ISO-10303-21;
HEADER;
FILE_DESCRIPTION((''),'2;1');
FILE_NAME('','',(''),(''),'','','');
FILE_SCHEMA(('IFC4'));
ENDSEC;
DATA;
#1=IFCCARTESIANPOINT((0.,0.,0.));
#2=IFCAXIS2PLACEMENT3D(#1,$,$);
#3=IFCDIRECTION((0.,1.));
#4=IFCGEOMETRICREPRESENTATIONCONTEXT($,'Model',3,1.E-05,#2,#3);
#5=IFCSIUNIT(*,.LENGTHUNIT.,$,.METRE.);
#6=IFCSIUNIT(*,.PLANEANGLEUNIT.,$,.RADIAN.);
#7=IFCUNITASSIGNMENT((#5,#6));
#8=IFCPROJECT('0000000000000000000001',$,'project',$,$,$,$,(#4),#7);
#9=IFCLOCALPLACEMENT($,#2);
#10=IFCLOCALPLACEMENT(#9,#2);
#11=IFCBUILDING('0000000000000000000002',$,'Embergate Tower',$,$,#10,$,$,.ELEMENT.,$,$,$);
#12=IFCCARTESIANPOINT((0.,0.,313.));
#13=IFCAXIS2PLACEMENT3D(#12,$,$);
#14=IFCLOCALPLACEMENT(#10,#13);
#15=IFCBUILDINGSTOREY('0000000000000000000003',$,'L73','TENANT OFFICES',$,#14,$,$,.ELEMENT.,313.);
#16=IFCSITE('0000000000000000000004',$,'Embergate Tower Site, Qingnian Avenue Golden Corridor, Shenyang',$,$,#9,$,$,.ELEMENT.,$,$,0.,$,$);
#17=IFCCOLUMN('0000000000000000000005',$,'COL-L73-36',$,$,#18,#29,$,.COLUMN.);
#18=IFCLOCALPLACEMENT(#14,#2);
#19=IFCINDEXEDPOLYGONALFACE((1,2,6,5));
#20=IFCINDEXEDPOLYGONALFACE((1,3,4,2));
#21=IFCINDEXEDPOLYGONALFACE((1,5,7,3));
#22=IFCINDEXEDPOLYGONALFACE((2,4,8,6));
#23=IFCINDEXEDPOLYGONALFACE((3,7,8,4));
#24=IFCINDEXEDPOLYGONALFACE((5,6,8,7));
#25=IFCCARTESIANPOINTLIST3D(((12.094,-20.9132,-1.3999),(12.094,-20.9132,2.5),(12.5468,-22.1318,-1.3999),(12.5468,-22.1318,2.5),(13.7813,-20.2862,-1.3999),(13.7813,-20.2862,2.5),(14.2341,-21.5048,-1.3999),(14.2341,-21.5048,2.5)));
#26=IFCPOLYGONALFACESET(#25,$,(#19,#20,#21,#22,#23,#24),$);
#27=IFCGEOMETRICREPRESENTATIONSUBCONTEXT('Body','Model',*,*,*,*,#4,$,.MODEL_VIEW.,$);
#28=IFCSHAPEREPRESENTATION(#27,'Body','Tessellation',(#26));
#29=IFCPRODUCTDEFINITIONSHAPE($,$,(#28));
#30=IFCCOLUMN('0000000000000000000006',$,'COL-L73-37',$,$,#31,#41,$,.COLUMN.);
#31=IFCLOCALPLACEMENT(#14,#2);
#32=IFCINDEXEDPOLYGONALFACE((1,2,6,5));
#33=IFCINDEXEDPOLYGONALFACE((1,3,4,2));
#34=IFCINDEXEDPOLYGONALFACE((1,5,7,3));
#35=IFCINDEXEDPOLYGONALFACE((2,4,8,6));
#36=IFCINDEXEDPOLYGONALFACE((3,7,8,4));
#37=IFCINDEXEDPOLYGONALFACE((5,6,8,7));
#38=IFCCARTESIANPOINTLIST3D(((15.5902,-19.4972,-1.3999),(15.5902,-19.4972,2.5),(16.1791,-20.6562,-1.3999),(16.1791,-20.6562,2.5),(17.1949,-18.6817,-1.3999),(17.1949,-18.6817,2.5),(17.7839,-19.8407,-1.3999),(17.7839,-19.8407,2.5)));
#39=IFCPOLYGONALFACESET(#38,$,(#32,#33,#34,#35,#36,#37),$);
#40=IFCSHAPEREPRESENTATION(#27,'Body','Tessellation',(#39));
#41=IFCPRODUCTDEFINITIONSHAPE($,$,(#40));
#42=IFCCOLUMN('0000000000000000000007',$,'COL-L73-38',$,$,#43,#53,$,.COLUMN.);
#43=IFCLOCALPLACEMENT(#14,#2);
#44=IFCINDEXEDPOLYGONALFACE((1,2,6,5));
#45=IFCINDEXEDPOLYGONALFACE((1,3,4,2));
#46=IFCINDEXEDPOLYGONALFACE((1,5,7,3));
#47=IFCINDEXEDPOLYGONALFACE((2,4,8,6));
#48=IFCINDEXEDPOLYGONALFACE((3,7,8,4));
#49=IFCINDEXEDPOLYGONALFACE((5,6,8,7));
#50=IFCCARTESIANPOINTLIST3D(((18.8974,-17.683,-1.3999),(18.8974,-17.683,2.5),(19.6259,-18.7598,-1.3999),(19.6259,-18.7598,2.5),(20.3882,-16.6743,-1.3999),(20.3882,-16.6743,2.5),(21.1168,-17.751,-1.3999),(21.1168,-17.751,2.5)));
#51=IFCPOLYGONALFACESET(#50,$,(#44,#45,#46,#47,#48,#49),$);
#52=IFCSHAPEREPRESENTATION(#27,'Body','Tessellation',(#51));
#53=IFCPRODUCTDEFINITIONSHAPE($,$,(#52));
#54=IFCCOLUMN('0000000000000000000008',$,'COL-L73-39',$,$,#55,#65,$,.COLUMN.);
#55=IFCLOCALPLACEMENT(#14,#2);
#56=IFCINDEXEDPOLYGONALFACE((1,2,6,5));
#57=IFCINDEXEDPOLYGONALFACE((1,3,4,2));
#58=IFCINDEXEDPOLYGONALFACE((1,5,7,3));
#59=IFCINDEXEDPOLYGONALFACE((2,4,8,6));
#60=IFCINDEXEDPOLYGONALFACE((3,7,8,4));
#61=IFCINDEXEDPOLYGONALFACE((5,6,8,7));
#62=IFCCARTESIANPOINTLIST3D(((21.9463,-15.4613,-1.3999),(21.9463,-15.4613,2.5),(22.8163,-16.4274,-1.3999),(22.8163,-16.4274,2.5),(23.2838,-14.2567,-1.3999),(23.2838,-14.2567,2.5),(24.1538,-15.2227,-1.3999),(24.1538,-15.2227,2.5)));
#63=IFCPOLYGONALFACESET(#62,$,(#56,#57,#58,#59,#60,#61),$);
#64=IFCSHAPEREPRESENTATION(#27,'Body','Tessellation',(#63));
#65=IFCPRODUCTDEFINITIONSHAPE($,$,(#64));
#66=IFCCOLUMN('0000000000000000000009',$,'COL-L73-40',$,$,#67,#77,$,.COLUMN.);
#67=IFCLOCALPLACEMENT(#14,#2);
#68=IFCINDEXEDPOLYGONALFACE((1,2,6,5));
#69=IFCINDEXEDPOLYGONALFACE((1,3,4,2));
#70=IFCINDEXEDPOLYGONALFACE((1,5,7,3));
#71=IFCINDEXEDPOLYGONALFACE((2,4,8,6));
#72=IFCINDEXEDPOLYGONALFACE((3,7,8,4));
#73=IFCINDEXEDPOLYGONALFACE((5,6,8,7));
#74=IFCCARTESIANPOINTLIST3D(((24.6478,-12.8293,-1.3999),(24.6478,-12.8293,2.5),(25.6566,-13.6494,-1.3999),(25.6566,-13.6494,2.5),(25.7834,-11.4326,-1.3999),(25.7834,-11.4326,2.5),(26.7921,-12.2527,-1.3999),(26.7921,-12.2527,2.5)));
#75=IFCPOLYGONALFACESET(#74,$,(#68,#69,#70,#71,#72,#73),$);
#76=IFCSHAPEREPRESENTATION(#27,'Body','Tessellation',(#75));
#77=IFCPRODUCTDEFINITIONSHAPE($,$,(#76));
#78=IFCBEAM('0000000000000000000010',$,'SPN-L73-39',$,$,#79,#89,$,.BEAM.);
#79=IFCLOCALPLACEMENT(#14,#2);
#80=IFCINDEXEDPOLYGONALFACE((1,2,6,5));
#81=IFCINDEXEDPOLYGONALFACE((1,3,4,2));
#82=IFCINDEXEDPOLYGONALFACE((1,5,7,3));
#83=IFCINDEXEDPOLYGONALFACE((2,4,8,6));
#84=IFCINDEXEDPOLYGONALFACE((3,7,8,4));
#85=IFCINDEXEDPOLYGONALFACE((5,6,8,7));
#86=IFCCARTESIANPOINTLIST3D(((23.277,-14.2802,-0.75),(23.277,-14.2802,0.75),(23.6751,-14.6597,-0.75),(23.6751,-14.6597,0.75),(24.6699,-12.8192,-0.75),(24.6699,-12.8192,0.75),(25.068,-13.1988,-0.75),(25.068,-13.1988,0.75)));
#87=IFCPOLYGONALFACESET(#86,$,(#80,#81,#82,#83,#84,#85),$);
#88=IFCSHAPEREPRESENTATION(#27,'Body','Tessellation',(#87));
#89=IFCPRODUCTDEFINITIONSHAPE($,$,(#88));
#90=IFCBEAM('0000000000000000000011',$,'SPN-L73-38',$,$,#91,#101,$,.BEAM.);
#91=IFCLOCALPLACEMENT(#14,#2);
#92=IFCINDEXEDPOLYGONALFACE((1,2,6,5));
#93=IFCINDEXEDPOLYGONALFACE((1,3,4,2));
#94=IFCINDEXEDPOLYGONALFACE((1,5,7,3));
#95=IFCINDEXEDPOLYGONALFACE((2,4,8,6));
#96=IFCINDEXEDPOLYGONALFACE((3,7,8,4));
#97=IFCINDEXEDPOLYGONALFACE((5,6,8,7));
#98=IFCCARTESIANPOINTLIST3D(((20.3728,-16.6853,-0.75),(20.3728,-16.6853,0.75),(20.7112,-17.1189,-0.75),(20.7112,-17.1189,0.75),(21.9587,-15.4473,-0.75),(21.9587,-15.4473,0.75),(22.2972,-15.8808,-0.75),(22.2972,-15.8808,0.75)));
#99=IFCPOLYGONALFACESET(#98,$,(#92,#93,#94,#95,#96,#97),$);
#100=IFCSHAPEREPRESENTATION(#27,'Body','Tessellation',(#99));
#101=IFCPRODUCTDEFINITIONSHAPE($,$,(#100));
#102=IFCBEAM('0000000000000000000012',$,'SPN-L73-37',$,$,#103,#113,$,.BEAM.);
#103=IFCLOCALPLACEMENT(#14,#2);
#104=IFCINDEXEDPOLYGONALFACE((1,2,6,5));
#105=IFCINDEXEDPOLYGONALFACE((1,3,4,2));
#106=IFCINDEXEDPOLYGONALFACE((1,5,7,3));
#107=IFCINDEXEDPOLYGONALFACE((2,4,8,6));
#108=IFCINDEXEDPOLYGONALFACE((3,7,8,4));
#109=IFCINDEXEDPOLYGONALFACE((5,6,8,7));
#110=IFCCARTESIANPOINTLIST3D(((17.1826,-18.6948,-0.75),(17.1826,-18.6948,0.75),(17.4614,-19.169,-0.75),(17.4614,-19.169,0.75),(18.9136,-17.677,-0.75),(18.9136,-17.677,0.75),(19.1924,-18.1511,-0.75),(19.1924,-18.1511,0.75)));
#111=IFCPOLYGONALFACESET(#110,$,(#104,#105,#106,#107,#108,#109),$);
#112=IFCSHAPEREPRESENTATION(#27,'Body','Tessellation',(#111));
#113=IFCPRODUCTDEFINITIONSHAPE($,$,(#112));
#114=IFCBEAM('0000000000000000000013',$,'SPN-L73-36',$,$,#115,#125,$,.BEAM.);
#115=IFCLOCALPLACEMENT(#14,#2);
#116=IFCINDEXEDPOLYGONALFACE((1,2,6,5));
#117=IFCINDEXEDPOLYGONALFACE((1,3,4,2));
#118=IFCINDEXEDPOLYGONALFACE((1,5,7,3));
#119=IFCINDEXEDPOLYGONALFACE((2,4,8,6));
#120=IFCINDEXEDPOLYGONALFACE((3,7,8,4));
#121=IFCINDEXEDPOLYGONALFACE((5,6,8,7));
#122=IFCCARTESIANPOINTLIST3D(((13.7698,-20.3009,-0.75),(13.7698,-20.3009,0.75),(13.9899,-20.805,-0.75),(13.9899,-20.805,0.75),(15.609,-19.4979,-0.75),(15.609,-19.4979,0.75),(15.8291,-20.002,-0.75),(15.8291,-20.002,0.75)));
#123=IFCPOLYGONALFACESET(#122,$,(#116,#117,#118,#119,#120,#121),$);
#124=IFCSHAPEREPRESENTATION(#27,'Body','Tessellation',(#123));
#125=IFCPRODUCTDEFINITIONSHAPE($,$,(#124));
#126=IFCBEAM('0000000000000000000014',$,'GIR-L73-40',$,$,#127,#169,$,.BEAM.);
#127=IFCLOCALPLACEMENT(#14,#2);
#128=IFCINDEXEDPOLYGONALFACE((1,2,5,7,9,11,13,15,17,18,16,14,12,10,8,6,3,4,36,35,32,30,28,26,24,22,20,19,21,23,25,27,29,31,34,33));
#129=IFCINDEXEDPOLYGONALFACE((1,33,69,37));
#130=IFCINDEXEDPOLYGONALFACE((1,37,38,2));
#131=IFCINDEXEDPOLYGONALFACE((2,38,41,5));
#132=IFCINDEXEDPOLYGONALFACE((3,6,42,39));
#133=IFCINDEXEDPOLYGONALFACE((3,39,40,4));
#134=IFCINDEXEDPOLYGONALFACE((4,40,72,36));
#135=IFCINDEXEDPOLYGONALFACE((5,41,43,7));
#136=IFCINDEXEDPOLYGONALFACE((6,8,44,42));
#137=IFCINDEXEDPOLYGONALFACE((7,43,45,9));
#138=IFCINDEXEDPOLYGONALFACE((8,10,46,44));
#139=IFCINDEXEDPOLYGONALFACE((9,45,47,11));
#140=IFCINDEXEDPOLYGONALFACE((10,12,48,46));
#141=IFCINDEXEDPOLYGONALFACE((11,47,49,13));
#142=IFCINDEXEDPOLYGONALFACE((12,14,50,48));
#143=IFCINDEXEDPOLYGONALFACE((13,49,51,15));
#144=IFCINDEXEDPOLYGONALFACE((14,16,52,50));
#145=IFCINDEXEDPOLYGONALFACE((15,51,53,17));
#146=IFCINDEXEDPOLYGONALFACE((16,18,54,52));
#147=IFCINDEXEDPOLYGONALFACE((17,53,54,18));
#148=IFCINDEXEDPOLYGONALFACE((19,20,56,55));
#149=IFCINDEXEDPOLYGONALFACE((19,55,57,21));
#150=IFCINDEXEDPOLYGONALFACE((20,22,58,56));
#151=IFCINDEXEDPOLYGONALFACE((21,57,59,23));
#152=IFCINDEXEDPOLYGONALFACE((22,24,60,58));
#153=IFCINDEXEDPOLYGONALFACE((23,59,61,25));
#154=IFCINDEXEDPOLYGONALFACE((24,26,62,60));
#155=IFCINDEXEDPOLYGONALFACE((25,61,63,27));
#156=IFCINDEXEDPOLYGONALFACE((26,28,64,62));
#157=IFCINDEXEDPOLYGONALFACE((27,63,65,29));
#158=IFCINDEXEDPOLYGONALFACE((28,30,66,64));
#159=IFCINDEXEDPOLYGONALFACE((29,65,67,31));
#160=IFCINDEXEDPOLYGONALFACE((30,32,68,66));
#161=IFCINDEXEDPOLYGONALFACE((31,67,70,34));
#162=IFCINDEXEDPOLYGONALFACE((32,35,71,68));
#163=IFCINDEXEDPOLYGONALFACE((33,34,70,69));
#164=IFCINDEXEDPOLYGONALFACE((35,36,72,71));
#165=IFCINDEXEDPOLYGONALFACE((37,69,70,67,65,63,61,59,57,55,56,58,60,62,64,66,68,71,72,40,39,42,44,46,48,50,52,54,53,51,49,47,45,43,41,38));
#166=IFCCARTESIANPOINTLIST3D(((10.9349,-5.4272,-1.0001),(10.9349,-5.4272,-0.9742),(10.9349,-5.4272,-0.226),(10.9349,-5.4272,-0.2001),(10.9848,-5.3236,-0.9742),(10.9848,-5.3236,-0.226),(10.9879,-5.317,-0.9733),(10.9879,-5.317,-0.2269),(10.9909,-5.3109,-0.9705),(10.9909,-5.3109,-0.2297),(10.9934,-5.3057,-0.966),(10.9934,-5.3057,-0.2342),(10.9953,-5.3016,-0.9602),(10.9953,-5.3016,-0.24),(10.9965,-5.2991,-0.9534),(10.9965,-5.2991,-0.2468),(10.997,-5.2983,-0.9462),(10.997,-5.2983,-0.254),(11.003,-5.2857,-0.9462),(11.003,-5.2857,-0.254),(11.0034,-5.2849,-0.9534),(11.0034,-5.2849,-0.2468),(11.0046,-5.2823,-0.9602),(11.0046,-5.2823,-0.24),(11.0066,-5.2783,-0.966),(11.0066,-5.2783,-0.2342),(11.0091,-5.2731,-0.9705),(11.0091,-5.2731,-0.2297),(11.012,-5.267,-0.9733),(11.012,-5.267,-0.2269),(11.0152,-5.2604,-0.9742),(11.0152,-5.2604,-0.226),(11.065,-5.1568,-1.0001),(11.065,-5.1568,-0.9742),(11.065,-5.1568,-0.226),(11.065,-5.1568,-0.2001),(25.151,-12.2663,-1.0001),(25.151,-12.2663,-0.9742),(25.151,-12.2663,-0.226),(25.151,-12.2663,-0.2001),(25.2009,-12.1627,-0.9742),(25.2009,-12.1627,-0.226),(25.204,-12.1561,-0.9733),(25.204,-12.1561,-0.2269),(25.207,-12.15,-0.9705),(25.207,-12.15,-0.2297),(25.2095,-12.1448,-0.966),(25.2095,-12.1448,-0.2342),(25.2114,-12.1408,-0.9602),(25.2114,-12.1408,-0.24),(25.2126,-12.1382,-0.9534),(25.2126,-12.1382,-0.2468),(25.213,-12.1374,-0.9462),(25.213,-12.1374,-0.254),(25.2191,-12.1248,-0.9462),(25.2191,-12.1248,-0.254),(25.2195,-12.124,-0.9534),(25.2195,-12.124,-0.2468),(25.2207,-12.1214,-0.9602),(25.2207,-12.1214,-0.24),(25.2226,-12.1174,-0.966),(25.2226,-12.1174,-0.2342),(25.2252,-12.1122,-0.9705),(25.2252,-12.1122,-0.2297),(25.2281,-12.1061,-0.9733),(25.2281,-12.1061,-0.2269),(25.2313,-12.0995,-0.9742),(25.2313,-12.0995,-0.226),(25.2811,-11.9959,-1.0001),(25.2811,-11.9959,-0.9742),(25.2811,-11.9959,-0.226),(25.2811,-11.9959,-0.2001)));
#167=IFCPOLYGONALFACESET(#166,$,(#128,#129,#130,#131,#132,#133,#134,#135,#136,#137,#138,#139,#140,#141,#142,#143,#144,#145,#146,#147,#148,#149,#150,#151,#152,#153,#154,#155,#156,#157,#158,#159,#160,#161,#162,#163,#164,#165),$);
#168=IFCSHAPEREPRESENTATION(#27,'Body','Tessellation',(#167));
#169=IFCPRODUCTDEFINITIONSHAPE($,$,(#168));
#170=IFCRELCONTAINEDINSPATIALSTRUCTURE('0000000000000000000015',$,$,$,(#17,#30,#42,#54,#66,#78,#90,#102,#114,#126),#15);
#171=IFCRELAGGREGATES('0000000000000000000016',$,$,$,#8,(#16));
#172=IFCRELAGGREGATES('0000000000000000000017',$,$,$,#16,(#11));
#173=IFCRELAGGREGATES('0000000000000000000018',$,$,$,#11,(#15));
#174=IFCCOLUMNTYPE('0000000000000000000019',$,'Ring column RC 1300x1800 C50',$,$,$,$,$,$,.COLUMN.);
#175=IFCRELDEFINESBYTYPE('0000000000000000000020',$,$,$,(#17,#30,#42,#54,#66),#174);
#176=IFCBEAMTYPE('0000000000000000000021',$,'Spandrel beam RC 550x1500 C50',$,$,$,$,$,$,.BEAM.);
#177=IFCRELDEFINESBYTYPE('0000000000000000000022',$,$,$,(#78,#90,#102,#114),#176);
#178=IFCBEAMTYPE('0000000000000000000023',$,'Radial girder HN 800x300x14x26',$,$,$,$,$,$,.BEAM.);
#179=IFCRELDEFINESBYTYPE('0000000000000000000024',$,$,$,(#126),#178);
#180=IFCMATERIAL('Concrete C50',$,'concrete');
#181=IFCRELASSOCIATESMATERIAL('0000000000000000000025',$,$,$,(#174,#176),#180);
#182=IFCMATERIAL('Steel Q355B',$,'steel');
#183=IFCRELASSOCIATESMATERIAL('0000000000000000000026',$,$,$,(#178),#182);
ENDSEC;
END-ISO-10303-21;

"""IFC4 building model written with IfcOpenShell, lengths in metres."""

from ifc_helpers import new_model, si_unit, direction, frame, origin, origin_2d, place, context, subcontext, project, spatial, rectangle, i_section, extrude, source, transform, mapped, material, material_profile, profile_set, type_object, element, save


model = new_model("IFC4")

# Units and contexts
model_context = context("Model", 3, precision=1e-05, world=origin(), true_north=direction((0.0, 1.0)))
body_context = subcontext(model_context, "Body", "Model", "MODEL_VIEW")
ifc_project = project(units=[si_unit("LENGTHUNIT", "METRE"), si_unit("PLANEANGLEUNIT", "RADIAN")], contexts=[model_context])

# Site, building, storey
site_placement = place(None, origin())
site = spatial("IfcSite", under=ifc_project, at=site_placement, Name="Embergate Tower Site, Qingnian Avenue Golden Corridor, Shenyang", CompositionType="ELEMENT", RefElevation=0.0)
building_placement = place(site_placement, origin())
building = spatial("IfcBuilding", under=site, at=building_placement, Name="Embergate Tower", CompositionType="ELEMENT")
storey_placement = place(building_placement, frame((0.0, 0.0, 313.0)))
storey = spatial("IfcBuildingStorey", under=building, at=storey_placement, Name="L73", Description="TENANT OFFICES", CompositionType="ELEMENT", Elevation=313.0)

# Columns
ifc_material_1 = material(Name="Concrete C50", Category="concrete")
ifc_material_profile_1 = material_profile(ifc_material_1, rectangle(XDim=1.3, YDim=1.8, at=origin_2d()), Name="RC 1300x1800")
ifc_profile_set_1 = profile_set([ifc_material_profile_1], Name="Concrete C50")
column_type = type_object("IfcColumnType", Name="Ring column RC 1300x1800 C50", PredefinedType="COLUMN", material=ifc_profile_set_1)
shared_shape_1 = source(origin(), body_context, "Body", "SweptSolid", [
    extrude(rectangle(XDim=1.3, YDim=1.8, at=origin_2d()), origin(), (0.0, 0.0, 1.0), 3.8999),
])
for number, where, z_axis, x_axis, name in (
    (1, (13.1641, -21.209, -1.3999), (0.0, 0.0, 1.0), (0.348343, -0.937367, 0.0), "COL-L73-36"),
    (2, (16.687, -19.6689, -1.3999), (0.0, 0.0, 1.0), (0.453011, -0.891505, 0.0), "COL-L73-37"),
    (3, (20.0071, -17.717, -1.3999), (0.0, 0.0, 1.0), (0.560393, -0.828227, 0.0), "COL-L73-38"),
    (4, (23.05, -15.342, -1.3999), (0.0, 0.0, 1.0), (0.669221, -0.743063, 0.0), "COL-L73-39"),
    (5, (25.72, -12.541, -1.3999), (0.0, 0.0, 1.0), (0.775925, -0.630825, 0.0), "COL-L73-40"),
):
    element("IfcColumn", number, at=place(storey_placement, frame(where, z_axis=z_axis, x_axis=x_axis)), inside=storey, type_object=column_type, Name=name, PredefinedType="COLUMN", context=body_context, shape_type="MappedRepresentation", body=[
        mapped(shared_shape_1, transform((0.0, 0.0, 0.0))),
    ])

# Beams
ifc_material_profile_2 = material_profile(ifc_material_1, rectangle(XDim=0.55, YDim=1.5, at=origin_2d()), Name="RC 550x1500")
ifc_profile_set_2 = profile_set([ifc_material_profile_2], Name="Concrete C50")
beam_type_1 = type_object("IfcBeamType", Name="Spandrel beam RC 550x1500 C50", PredefinedType="BEAM", material=ifc_profile_set_2)
shared_shape_2 = source(origin(), body_context, "Body", "SweptSolid", [
    extrude(rectangle(XDim=0.55, YDim=1.5, at=origin_2d()), origin(), (0.0, 0.0, 1.0), 2.0186),
])
beam_1_placement = place(storey_placement, frame((23.4761, -14.47, 0.0), z_axis=(0.690033, 0.723778, 0.0), x_axis=(-0.723778, 0.690033, 0.0)))
element("IfcBeam", 6, at=beam_1_placement, inside=storey, type_object=beam_type_1, Name="SPN-L73-39", PredefinedType="BEAM", context=body_context, shape_type="MappedRepresentation", body=[
    mapped(shared_shape_2, transform((0.0, 0.0, 0.0))),
])
shared_shape_3 = source(origin(), body_context, "Body", "SweptSolid", [
    extrude(rectangle(XDim=0.55, YDim=1.5, at=origin_2d()), origin(), (0.0, 0.0, 1.0), 2.012),
])
beam_2_placement = place(storey_placement, frame((20.542, -16.9021, 0.0), z_axis=(0.78826, 0.615343, 0.0), x_axis=(-0.615343, 0.78826, 0.0)))
element("IfcBeam", 7, at=beam_2_placement, inside=storey, type_object=beam_type_1, Name="SPN-L73-38", PredefinedType="BEAM", context=body_context, shape_type="MappedRepresentation", body=[
    mapped(shared_shape_3, transform((0.0, 0.0, 0.0))),
])
shared_shape_4 = source(origin(), body_context, "Body", "SweptSolid", [
    extrude(rectangle(XDim=0.55, YDim=1.5, at=origin_2d()), origin(), (0.0, 0.0, 1.0), 2.0081),
])
beam_3_placement = place(storey_placement, frame((17.322, -18.9319, 0.0), z_axis=(0.862019, 0.506877, 0.0), x_axis=(-0.506877, 0.862019, 0.0)))
element("IfcBeam", 8, at=beam_3_placement, inside=storey, type_object=beam_type_1, Name="SPN-L73-37", PredefinedType="BEAM", context=body_context, shape_type="MappedRepresentation", body=[
    mapped(shared_shape_4, transform((0.0, 0.0, 0.0))),
])
shared_shape_5 = source(origin(), body_context, "Body", "SweptSolid", [
    extrude(rectangle(XDim=0.55, YDim=1.5, at=origin_2d()), origin(), (0.0, 0.0, 1.0), 2.0068),
])
beam_4_placement = place(storey_placement, frame((13.8799, -20.553, 0.0), z_axis=(0.916456, 0.400136, 0.0), x_axis=(-0.400136, 0.916456, 0.0)))
element("IfcBeam", 9, at=beam_4_placement, inside=storey, type_object=beam_type_1, Name="SPN-L73-36", PredefinedType="BEAM", context=body_context, shape_type="MappedRepresentation", body=[
    mapped(shared_shape_5, transform((0.0, 0.0, 0.0))),
])
ifc_material_2 = material(Name="Steel Q355B", Category="steel")
ifc_material_profile_3 = material_profile(ifc_material_2, i_section(OverallWidth=0.3, OverallDepth=0.8, WebThickness=0.0139, FlangeThickness=0.0259, FilletRadius=0.0281, at=origin_2d()), Name="HN 800x300x14x26")
ifc_profile_set_3 = profile_set([ifc_material_profile_3], Name="Steel Q355 grade B")
beam_type_2 = type_object("IfcBeamType", Name="Radial girder HN 800x300x14x26", PredefinedType="BEAM", material=ifc_profile_set_3)
shared_shape_6 = source(origin(), body_context, "Body", "SweptSolid", [
    extrude(i_section(OverallWidth=0.3, OverallDepth=0.8, WebThickness=0.0139, FlangeThickness=0.0259, FilletRadius=0.0281, at=origin_2d()), origin(), (0.0, 0.0, 1.0), 15.7756),
])
beam_5_placement = place(storey_placement, frame((25.2161, -12.1311, -0.6001), z_axis=(-0.901142, 0.433524, 0.0), x_axis=(-0.433524, -0.901142, 0.0)))
element("IfcBeam", 10, at=beam_5_placement, inside=storey, type_object=beam_type_2, Name="GIR-L73-40", PredefinedType="BEAM", context=body_context, shape_type="MappedRepresentation", body=[
    mapped(shared_shape_6, transform((0.0, 0.0, 0.0))),
])

save(model, "model.ifc")
